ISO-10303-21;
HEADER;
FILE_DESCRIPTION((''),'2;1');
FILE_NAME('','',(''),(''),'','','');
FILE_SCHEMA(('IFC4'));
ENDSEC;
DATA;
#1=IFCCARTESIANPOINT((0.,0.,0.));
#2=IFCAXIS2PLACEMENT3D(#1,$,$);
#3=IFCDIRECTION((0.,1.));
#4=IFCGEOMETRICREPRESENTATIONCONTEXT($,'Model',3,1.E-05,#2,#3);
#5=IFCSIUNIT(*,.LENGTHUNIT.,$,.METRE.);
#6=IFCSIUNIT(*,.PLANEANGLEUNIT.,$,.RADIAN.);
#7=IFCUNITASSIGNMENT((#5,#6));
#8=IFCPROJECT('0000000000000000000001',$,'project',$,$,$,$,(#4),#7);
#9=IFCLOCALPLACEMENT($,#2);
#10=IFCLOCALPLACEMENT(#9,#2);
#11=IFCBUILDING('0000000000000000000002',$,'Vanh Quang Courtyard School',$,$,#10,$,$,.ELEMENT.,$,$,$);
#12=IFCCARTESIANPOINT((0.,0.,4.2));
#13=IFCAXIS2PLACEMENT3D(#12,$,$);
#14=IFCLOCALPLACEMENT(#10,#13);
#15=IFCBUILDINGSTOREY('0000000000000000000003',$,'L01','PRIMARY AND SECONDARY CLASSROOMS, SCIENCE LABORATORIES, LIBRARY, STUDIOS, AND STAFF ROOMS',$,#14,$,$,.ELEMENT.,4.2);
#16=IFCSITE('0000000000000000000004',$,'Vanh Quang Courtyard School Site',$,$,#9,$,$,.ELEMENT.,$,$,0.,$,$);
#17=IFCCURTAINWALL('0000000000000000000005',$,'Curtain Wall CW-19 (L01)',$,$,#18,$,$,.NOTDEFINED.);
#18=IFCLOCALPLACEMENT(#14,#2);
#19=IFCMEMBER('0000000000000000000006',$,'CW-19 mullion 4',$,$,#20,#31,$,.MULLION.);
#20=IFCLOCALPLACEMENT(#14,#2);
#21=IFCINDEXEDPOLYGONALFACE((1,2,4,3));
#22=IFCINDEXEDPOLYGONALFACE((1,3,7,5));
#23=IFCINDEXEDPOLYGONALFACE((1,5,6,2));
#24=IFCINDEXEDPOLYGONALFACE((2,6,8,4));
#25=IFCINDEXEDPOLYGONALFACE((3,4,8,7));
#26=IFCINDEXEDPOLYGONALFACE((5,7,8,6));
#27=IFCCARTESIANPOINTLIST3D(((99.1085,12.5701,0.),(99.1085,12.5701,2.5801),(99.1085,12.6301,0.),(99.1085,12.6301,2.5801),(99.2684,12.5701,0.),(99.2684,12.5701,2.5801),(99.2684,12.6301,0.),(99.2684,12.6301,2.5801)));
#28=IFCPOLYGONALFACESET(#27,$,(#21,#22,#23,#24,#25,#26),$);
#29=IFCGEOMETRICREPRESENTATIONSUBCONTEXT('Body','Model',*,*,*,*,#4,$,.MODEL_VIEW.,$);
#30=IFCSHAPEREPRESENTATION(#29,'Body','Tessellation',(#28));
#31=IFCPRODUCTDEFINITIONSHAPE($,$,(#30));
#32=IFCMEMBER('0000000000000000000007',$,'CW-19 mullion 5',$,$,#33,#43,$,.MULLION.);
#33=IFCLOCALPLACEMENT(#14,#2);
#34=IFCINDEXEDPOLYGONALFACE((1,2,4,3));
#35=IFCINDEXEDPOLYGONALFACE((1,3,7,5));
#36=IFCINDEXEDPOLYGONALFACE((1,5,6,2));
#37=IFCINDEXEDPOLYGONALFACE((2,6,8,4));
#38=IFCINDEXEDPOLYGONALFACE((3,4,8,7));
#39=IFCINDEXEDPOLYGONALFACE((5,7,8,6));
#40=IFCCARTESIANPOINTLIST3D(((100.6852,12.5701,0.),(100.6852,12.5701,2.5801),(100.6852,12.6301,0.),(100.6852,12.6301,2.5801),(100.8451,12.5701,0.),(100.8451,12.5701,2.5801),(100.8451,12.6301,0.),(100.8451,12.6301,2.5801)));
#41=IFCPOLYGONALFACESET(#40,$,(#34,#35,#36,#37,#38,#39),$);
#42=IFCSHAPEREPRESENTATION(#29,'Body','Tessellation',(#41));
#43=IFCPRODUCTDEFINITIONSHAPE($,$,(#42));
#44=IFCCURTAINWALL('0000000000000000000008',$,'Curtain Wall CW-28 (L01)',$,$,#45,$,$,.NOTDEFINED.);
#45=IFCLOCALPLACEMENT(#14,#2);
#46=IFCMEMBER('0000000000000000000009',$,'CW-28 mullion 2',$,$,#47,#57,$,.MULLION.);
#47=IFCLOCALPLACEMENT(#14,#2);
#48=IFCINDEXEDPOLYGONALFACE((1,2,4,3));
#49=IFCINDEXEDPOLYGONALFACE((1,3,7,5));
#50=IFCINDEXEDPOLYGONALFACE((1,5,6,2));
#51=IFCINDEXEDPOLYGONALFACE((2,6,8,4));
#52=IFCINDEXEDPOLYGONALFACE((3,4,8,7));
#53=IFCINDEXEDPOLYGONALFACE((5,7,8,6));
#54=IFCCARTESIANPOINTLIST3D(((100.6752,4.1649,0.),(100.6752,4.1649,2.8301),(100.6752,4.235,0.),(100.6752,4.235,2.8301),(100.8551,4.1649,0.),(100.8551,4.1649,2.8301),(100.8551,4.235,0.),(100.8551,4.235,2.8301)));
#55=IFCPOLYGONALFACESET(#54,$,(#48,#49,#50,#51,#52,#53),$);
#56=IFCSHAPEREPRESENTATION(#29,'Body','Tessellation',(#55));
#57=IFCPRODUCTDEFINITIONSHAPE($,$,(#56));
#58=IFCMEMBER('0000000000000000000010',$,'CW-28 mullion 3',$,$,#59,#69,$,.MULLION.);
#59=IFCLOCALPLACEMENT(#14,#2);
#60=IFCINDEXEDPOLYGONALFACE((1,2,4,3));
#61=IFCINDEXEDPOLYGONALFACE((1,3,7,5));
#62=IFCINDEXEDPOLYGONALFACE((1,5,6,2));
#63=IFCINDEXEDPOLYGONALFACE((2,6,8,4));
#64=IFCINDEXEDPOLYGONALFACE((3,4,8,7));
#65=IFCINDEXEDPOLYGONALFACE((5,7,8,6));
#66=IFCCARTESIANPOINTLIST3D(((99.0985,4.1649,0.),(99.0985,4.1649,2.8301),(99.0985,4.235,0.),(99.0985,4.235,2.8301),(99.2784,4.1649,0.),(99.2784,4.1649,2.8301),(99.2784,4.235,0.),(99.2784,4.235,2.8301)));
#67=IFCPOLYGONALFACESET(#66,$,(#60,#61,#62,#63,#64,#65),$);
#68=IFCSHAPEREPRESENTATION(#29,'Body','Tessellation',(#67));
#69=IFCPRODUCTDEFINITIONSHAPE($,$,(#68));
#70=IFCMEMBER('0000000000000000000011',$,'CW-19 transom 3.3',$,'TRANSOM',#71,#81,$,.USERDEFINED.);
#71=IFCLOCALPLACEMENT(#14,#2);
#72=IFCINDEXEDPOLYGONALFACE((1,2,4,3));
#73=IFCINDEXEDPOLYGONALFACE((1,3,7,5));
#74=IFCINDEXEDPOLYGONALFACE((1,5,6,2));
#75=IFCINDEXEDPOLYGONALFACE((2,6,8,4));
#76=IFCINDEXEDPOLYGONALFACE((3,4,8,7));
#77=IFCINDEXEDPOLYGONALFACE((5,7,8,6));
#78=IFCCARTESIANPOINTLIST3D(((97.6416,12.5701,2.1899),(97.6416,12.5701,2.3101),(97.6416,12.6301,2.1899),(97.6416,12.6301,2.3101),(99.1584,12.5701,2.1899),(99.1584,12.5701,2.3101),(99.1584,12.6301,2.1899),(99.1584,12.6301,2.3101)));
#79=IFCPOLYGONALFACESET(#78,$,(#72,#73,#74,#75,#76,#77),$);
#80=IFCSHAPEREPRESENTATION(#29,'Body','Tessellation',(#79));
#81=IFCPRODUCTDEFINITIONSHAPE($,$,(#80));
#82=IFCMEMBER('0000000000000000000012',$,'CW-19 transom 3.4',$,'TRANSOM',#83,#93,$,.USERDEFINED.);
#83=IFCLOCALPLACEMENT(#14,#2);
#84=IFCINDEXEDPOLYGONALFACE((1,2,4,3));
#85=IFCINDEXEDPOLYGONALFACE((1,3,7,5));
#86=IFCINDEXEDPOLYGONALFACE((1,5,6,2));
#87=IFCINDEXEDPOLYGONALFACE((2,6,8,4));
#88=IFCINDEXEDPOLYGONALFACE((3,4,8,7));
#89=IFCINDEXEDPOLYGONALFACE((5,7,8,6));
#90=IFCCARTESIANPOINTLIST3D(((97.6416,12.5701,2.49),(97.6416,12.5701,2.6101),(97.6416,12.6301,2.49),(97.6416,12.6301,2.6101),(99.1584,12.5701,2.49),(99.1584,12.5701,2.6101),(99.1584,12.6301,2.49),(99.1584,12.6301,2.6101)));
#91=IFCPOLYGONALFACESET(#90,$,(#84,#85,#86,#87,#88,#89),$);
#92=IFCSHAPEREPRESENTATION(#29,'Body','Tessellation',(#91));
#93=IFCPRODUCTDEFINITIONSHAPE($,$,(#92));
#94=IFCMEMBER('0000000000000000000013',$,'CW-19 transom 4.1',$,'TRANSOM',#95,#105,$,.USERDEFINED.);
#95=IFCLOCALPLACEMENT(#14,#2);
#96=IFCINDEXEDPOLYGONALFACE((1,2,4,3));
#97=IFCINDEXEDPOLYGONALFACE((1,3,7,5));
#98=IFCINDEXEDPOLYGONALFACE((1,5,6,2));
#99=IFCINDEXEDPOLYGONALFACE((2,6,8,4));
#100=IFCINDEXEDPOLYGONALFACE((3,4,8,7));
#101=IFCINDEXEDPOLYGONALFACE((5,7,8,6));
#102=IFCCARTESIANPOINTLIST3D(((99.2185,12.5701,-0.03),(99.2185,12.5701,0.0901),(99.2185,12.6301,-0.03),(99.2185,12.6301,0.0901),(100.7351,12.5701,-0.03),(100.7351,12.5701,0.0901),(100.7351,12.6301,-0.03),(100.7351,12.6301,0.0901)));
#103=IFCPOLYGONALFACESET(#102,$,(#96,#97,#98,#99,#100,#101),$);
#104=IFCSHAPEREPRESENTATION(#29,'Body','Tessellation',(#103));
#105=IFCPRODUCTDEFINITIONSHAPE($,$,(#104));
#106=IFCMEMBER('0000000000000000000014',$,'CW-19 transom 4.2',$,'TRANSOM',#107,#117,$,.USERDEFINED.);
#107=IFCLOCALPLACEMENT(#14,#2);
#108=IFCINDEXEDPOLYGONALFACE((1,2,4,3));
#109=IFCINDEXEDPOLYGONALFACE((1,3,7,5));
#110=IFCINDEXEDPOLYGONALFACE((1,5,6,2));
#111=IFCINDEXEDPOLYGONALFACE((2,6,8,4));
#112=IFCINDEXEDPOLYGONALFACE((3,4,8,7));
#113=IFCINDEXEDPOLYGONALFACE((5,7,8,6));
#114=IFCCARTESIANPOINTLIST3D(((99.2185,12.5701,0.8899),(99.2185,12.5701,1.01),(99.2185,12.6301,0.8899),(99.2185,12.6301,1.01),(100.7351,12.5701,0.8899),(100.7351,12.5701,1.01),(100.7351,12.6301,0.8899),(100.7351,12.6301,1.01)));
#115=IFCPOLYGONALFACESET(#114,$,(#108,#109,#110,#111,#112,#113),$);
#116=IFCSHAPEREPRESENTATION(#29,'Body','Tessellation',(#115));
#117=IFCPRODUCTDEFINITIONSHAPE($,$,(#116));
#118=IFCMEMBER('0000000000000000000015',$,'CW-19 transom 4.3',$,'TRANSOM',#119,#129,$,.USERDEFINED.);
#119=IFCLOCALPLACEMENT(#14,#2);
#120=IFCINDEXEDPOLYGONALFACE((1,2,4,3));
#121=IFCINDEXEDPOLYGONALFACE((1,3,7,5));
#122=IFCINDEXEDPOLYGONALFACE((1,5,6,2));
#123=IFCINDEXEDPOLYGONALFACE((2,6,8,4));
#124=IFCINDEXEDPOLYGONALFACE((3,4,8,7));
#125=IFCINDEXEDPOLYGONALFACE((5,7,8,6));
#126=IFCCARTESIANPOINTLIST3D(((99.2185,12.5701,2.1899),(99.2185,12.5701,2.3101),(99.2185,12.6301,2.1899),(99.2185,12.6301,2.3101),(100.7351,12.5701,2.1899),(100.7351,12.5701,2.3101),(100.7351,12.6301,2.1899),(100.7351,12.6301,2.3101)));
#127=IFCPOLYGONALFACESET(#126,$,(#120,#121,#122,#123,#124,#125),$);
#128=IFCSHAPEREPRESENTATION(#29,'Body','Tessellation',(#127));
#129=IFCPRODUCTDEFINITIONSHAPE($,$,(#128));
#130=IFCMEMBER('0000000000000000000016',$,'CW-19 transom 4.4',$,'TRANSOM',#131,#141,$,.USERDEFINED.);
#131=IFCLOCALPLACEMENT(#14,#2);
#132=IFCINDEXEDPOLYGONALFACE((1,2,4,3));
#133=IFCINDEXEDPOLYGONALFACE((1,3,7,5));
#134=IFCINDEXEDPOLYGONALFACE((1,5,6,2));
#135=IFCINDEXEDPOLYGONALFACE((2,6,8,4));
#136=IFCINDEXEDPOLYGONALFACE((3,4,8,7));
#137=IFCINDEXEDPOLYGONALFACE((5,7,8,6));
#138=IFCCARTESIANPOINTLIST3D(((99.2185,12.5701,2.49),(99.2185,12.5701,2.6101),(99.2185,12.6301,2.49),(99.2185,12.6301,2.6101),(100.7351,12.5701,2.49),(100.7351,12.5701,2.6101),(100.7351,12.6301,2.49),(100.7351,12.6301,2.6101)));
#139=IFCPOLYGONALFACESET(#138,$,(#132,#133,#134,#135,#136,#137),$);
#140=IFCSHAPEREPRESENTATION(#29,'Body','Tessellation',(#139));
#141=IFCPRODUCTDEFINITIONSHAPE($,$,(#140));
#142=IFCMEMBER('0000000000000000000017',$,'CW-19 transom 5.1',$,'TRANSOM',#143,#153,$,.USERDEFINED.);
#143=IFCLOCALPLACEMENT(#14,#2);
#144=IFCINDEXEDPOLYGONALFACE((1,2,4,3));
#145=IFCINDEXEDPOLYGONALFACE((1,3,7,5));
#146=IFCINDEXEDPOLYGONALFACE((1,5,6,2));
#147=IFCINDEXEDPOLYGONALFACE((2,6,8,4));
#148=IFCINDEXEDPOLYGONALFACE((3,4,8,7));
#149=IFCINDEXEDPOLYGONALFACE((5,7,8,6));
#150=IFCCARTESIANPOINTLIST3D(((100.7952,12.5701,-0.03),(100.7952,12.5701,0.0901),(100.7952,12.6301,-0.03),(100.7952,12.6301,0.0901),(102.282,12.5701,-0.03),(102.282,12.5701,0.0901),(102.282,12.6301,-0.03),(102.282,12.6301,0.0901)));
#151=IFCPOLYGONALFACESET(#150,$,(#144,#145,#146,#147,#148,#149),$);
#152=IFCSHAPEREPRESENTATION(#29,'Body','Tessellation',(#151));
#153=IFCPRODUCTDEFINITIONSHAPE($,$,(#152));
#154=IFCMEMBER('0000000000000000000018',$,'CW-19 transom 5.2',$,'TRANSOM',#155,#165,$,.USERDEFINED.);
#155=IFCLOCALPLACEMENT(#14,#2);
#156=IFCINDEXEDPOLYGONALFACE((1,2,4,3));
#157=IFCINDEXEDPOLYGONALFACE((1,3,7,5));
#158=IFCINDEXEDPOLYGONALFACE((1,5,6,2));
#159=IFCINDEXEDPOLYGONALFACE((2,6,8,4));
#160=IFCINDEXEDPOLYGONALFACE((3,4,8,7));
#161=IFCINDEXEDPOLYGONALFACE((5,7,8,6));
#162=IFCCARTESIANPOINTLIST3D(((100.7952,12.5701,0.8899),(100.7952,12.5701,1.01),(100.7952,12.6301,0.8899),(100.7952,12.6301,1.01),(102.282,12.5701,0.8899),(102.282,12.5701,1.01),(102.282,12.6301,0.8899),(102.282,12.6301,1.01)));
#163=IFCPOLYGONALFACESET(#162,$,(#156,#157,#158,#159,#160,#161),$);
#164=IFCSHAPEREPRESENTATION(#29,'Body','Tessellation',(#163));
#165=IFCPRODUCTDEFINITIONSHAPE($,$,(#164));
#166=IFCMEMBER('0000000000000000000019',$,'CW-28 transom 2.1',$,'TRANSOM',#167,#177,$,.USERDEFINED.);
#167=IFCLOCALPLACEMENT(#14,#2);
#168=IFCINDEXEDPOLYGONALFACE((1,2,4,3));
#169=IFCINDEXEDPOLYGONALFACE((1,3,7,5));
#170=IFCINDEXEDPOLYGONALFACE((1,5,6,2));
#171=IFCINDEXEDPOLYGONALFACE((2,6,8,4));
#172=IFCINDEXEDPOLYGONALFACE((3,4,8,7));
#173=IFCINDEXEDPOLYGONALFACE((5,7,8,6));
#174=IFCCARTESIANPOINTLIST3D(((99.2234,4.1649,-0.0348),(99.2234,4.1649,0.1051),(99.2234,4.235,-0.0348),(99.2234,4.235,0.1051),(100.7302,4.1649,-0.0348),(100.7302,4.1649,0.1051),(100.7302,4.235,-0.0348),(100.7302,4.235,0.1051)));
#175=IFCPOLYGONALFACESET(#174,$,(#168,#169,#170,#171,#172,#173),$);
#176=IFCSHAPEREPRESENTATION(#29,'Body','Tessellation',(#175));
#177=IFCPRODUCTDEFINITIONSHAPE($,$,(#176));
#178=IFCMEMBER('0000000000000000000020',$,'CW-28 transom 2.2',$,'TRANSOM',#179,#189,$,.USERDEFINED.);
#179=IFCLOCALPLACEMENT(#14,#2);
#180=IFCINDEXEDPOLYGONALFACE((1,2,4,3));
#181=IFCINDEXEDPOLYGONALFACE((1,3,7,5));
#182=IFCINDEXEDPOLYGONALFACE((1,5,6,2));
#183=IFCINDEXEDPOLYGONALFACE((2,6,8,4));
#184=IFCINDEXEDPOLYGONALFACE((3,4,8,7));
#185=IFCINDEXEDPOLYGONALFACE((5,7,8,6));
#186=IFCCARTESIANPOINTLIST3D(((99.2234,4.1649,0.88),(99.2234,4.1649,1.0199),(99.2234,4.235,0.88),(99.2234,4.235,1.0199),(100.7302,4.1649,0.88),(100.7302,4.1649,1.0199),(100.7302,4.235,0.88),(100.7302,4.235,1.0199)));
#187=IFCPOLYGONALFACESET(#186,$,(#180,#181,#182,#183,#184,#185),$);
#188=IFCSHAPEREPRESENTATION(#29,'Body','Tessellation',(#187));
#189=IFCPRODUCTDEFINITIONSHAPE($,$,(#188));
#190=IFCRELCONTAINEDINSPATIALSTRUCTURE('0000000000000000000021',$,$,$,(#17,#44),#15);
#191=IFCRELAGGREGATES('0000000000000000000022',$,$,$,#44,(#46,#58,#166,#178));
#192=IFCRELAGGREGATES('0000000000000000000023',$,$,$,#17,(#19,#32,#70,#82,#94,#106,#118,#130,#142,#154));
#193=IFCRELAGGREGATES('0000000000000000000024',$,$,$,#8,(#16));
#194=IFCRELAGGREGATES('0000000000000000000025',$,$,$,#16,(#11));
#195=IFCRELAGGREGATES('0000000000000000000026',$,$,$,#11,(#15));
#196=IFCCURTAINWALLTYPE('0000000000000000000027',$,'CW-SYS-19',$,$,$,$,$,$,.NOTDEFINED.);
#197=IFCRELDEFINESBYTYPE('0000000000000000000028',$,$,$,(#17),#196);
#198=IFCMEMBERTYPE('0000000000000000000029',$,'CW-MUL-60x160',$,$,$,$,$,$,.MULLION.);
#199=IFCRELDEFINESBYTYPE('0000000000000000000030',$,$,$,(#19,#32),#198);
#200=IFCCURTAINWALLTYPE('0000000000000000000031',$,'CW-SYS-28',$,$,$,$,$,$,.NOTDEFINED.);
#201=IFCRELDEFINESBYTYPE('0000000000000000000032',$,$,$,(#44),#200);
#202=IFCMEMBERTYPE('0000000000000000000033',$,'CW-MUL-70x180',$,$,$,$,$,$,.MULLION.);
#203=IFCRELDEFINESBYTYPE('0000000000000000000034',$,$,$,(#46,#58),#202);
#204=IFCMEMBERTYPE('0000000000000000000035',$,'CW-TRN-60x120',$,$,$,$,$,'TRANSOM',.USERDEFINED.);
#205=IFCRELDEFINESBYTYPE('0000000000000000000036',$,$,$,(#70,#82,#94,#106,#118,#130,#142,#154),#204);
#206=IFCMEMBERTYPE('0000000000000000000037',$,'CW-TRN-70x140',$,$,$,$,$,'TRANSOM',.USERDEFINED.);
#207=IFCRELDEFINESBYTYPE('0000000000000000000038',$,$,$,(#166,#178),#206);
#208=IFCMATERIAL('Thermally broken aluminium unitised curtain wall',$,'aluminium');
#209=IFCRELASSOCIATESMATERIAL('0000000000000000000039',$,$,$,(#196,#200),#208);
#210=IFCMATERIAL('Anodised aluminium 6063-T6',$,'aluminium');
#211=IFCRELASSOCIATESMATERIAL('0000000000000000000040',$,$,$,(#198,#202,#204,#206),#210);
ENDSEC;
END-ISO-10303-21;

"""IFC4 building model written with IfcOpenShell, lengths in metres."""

from ifc_helpers import new_model, si_unit, direction, frame, origin, origin_2d, place, context, subcontext, project, spatial, rectangle, extrude, material, material_profile, profile_set, type_object, element, aggregate, save


model = new_model("IFC4")

# Units and contexts
model_context = context("Model", 3, precision=1e-05, world=origin(), true_north=direction((0.0, 1.0)))
body_context = subcontext(model_context, "Body", "Model", "MODEL_VIEW")
ifc_project = project(units=[si_unit("LENGTHUNIT", "METRE"), si_unit("PLANEANGLEUNIT", "RADIAN")], contexts=[model_context])

# Site, building, storey
site_placement = place(None, origin())
site = spatial("IfcSite", under=ifc_project, at=site_placement, Name="Vanh Quang Courtyard School Site", CompositionType="ELEMENT", RefElevation=0.0)
building_placement = place(site_placement, origin())
building = spatial("IfcBuilding", under=site, at=building_placement, Name="Vanh Quang Courtyard School", CompositionType="ELEMENT")
storey_placement = place(building_placement, frame((0.0, 0.0, 4.2)))
storey = spatial("IfcBuildingStorey", under=building, at=storey_placement, Name="L01", Description="PRIMARY AND SECONDARY CLASSROOMS, SCIENCE LABORATORIES, LIBRARY, STUDIOS, AND STAFF ROOMS", CompositionType="ELEMENT", Elevation=4.2)

# Curtain walls, members
ifc_material_1 = material(Name="Thermally broken aluminium unitised curtain wall", Category="aluminium")
curtain_wall_type_1 = type_object("IfcCurtainWallType", Name="CW-SYS-19", PredefinedType="NOTDEFINED", material=ifc_material_1)
curtain_wall_1_placement = place(storey_placement, origin())
curtain_wall_1 = element("IfcCurtainWall", 1, at=curtain_wall_1_placement, inside=storey, type_object=curtain_wall_type_1, Name="Curtain Wall CW-19 (L01)", PredefinedType="NOTDEFINED")
ifc_material_2 = material(Name="Anodised aluminium 6063-T6", Category="aluminium")
ifc_material_profile_1 = material_profile(ifc_material_2, rectangle(XDim=0.0601, YDim=0.1599, at=origin_2d()), Name="ALU-MUL 60x160")
ifc_profile_set_1 = profile_set([ifc_material_profile_1], Name="Anodised aluminium 6063-T6")
member_type_1 = type_object("IfcMemberType", Name="CW-MUL-60x160", PredefinedType="MULLION", material=ifc_profile_set_1)
member_1_placement = place(storey_placement, frame((99.1885, 12.6001, 0.0), z_axis=(0.0, 0.0, 1.0), x_axis=(0.0, 1.0, 0.0)))
member_1 = element("IfcMember", 2, at=member_1_placement, type_object=member_type_1, Name="CW-19 mullion 4", PredefinedType="MULLION", context=body_context, shape_type="SweptSolid", body=[
    extrude(rectangle(XDim=0.0601, YDim=0.1599, at=origin_2d()), origin(), (0.0, 0.0, 1.0), 2.5801),
])
member_2_placement = place(storey_placement, frame((100.7651, 12.6001, 0.0), z_axis=(0.0, 0.0, 1.0), x_axis=(0.0, 1.0, 0.0)))
member_2 = element("IfcMember", 3, at=member_2_placement, type_object=member_type_1, Name="CW-19 mullion 5", PredefinedType="MULLION", context=body_context, shape_type="SweptSolid", body=[
    extrude(rectangle(XDim=0.0601, YDim=0.1599, at=origin_2d()), origin(), (0.0, 0.0, 1.0), 2.5801),
])
curtain_wall_type_2 = type_object("IfcCurtainWallType", Name="CW-SYS-28", PredefinedType="NOTDEFINED", material=ifc_material_1)
curtain_wall_2_placement = place(storey_placement, origin())
curtain_wall_2 = element("IfcCurtainWall", 4, at=curtain_wall_2_placement, inside=storey, type_object=curtain_wall_type_2, Name="Curtain Wall CW-28 (L01)", PredefinedType="NOTDEFINED")
ifc_material_profile_2 = material_profile(ifc_material_2, rectangle(XDim=0.0701, YDim=0.1799, at=origin_2d()), Name="ALU-MUL 70x180")
ifc_profile_set_2 = profile_set([ifc_material_profile_2], Name="Anodised aluminium 6063-T6")
member_type_2 = type_object("IfcMemberType", Name="CW-MUL-70x180", PredefinedType="MULLION", material=ifc_profile_set_2)
member_3_placement = place(storey_placement, frame((100.7651, 4.2, 0.0), z_axis=(0.0, 0.0, 1.0), x_axis=(0.0, -1.0, 0.0)))
member_3 = element("IfcMember", 5, at=member_3_placement, type_object=member_type_2, Name="CW-28 mullion 2", PredefinedType="MULLION", context=body_context, shape_type="SweptSolid", body=[
    extrude(rectangle(XDim=0.0701, YDim=0.1799, at=origin_2d()), origin(), (0.0, 0.0, 1.0), 2.8301),
])
member_4_placement = place(storey_placement, frame((99.1885, 4.2, 0.0), z_axis=(0.0, 0.0, 1.0), x_axis=(0.0, -1.0, 0.0)))
member_4 = element("IfcMember", 6, at=member_4_placement, type_object=member_type_2, Name="CW-28 mullion 3", PredefinedType="MULLION", context=body_context, shape_type="SweptSolid", body=[
    extrude(rectangle(XDim=0.0701, YDim=0.1799, at=origin_2d()), origin(), (0.0, 0.0, 1.0), 2.8301),
])

# Members
ifc_material_profile_3 = material_profile(ifc_material_2, rectangle(XDim=0.0601, YDim=0.1201, at=origin_2d()), Name="ALU-TRN 60x120")
ifc_profile_set_3 = profile_set([ifc_material_profile_3], Name="Anodised aluminium 6063-T6")
member_type_3 = type_object("IfcMemberType", Name="CW-TRN-60x120", ElementType="TRANSOM", PredefinedType="USERDEFINED", material=ifc_profile_set_3)
member_5_placement = place(storey_placement, frame((97.6416, 12.6001, 2.25), z_axis=(1.0, 0.0, 0.0), x_axis=(0.0, 1.0, 0.0)))
member_5 = element("IfcMember", 7, at=member_5_placement, type_object=member_type_3, Name="CW-19 transom 3.3", ObjectType="TRANSOM", PredefinedType="USERDEFINED", context=body_context, shape_type="SweptSolid", body=[
    extrude(rectangle(XDim=0.0601, YDim=0.1201, at=origin_2d()), origin(), (0.0, 0.0, 1.0), 1.5168),
])
member_6_placement = place(storey_placement, frame((97.6416, 12.6001, 2.55), z_axis=(1.0, 0.0, 0.0), x_axis=(0.0, 1.0, 0.0)))
member_6 = element("IfcMember", 8, at=member_6_placement, type_object=member_type_3, Name="CW-19 transom 3.4", ObjectType="TRANSOM", PredefinedType="USERDEFINED", context=body_context, shape_type="SweptSolid", body=[
    extrude(rectangle(XDim=0.0601, YDim=0.1201, at=origin_2d()), origin(), (0.0, 0.0, 1.0), 1.5168),
])
member_7_placement = place(storey_placement, frame((99.2185, 12.6001, 0.03), z_axis=(1.0, 0.0, 0.0), x_axis=(0.0, 1.0, 0.0)))
member_7 = element("IfcMember", 9, at=member_7_placement, type_object=member_type_3, Name="CW-19 transom 4.1", ObjectType="TRANSOM", PredefinedType="USERDEFINED", context=body_context, shape_type="SweptSolid", body=[
    extrude(rectangle(XDim=0.0601, YDim=0.1201, at=origin_2d()), origin(), (0.0, 0.0, 1.0), 1.5166),
])
member_8_placement = place(storey_placement, frame((99.2185, 12.6001, 0.95), z_axis=(1.0, 0.0, 0.0), x_axis=(0.0, 1.0, 0.0)))
member_8 = element("IfcMember", 10, at=member_8_placement, type_object=member_type_3, Name="CW-19 transom 4.2", ObjectType="TRANSOM", PredefinedType="USERDEFINED", context=body_context, shape_type="SweptSolid", body=[
    extrude(rectangle(XDim=0.0601, YDim=0.1201, at=origin_2d()), origin(), (0.0, 0.0, 1.0), 1.5166),
])
member_9_placement = place(storey_placement, frame((99.2185, 12.6001, 2.25), z_axis=(1.0, 0.0, 0.0), x_axis=(0.0, 1.0, 0.0)))
member_9 = element("IfcMember", 11, at=member_9_placement, type_object=member_type_3, Name="CW-19 transom 4.3", ObjectType="TRANSOM", PredefinedType="USERDEFINED", context=body_context, shape_type="SweptSolid", body=[
    extrude(rectangle(XDim=0.0601, YDim=0.1201, at=origin_2d()), origin(), (0.0, 0.0, 1.0), 1.5166),
])
member_10_placement = place(storey_placement, frame((99.2185, 12.6001, 2.55), z_axis=(1.0, 0.0, 0.0), x_axis=(0.0, 1.0, 0.0)))
member_10 = element("IfcMember", 12, at=member_10_placement, type_object=member_type_3, Name="CW-19 transom 4.4", ObjectType="TRANSOM", PredefinedType="USERDEFINED", context=body_context, shape_type="SweptSolid", body=[
    extrude(rectangle(XDim=0.0601, YDim=0.1201, at=origin_2d()), origin(), (0.0, 0.0, 1.0), 1.5166),
])
member_11_placement = place(storey_placement, frame((100.7952, 12.6001, 0.03), z_axis=(1.0, 0.0, 0.0), x_axis=(0.0, 1.0, 0.0)))
member_11 = element("IfcMember", 13, at=member_11_placement, type_object=member_type_3, Name="CW-19 transom 5.1", ObjectType="TRANSOM", PredefinedType="USERDEFINED", context=body_context, shape_type="SweptSolid", body=[
    extrude(rectangle(XDim=0.0601, YDim=0.1201, at=origin_2d()), origin(), (0.0, 0.0, 1.0), 1.4868),
])
member_12_placement = place(storey_placement, frame((100.7952, 12.6001, 0.95), z_axis=(1.0, 0.0, 0.0), x_axis=(0.0, 1.0, 0.0)))
member_12 = element("IfcMember", 14, at=member_12_placement, type_object=member_type_3, Name="CW-19 transom 5.2", ObjectType="TRANSOM", PredefinedType="USERDEFINED", context=body_context, shape_type="SweptSolid", body=[
    extrude(rectangle(XDim=0.0601, YDim=0.1201, at=origin_2d()), origin(), (0.0, 0.0, 1.0), 1.4868),
])
ifc_material_profile_4 = material_profile(ifc_material_2, rectangle(XDim=0.0701, YDim=0.1399, at=origin_2d()), Name="ALU-TRN 70x140")
ifc_profile_set_4 = profile_set([ifc_material_profile_4], Name="Anodised aluminium 6063-T6")
member_type_4 = type_object("IfcMemberType", Name="CW-TRN-70x140", ElementType="TRANSOM", PredefinedType="USERDEFINED", material=ifc_profile_set_4)
member_13_placement = place(storey_placement, frame((100.7302, 4.2, 0.0352), z_axis=(-1.0, 0.0, 0.0), x_axis=(0.0, -1.0, 0.0)))
member_13 = element("IfcMember", 15, at=member_13_placement, type_object=member_type_4, Name="CW-28 transom 2.1", ObjectType="TRANSOM", PredefinedType="USERDEFINED", context=body_context, shape_type="SweptSolid", body=[
    extrude(rectangle(XDim=0.0701, YDim=0.1399, at=origin_2d()), origin(), (0.0, 0.0, 1.0), 1.5068),
])
member_14_placement = place(storey_placement, frame((100.7302, 4.2, 0.95), z_axis=(-1.0, 0.0, 0.0), x_axis=(0.0, -1.0, 0.0)))
member_14 = element("IfcMember", 16, at=member_14_placement, type_object=member_type_4, Name="CW-28 transom 2.2", ObjectType="TRANSOM", PredefinedType="USERDEFINED", context=body_context, shape_type="SweptSolid", body=[
    extrude(rectangle(XDim=0.0701, YDim=0.1399, at=origin_2d()), origin(), (0.0, 0.0, 1.0), 1.5068),
])

aggregate(curtain_wall_2, [member_3, member_4, member_13, member_14])
aggregate(curtain_wall_1, [member_1, member_2, member_5, member_6, member_7, member_8, member_9, member_10, member_11, member_12])

save(model, "model.ifc")
